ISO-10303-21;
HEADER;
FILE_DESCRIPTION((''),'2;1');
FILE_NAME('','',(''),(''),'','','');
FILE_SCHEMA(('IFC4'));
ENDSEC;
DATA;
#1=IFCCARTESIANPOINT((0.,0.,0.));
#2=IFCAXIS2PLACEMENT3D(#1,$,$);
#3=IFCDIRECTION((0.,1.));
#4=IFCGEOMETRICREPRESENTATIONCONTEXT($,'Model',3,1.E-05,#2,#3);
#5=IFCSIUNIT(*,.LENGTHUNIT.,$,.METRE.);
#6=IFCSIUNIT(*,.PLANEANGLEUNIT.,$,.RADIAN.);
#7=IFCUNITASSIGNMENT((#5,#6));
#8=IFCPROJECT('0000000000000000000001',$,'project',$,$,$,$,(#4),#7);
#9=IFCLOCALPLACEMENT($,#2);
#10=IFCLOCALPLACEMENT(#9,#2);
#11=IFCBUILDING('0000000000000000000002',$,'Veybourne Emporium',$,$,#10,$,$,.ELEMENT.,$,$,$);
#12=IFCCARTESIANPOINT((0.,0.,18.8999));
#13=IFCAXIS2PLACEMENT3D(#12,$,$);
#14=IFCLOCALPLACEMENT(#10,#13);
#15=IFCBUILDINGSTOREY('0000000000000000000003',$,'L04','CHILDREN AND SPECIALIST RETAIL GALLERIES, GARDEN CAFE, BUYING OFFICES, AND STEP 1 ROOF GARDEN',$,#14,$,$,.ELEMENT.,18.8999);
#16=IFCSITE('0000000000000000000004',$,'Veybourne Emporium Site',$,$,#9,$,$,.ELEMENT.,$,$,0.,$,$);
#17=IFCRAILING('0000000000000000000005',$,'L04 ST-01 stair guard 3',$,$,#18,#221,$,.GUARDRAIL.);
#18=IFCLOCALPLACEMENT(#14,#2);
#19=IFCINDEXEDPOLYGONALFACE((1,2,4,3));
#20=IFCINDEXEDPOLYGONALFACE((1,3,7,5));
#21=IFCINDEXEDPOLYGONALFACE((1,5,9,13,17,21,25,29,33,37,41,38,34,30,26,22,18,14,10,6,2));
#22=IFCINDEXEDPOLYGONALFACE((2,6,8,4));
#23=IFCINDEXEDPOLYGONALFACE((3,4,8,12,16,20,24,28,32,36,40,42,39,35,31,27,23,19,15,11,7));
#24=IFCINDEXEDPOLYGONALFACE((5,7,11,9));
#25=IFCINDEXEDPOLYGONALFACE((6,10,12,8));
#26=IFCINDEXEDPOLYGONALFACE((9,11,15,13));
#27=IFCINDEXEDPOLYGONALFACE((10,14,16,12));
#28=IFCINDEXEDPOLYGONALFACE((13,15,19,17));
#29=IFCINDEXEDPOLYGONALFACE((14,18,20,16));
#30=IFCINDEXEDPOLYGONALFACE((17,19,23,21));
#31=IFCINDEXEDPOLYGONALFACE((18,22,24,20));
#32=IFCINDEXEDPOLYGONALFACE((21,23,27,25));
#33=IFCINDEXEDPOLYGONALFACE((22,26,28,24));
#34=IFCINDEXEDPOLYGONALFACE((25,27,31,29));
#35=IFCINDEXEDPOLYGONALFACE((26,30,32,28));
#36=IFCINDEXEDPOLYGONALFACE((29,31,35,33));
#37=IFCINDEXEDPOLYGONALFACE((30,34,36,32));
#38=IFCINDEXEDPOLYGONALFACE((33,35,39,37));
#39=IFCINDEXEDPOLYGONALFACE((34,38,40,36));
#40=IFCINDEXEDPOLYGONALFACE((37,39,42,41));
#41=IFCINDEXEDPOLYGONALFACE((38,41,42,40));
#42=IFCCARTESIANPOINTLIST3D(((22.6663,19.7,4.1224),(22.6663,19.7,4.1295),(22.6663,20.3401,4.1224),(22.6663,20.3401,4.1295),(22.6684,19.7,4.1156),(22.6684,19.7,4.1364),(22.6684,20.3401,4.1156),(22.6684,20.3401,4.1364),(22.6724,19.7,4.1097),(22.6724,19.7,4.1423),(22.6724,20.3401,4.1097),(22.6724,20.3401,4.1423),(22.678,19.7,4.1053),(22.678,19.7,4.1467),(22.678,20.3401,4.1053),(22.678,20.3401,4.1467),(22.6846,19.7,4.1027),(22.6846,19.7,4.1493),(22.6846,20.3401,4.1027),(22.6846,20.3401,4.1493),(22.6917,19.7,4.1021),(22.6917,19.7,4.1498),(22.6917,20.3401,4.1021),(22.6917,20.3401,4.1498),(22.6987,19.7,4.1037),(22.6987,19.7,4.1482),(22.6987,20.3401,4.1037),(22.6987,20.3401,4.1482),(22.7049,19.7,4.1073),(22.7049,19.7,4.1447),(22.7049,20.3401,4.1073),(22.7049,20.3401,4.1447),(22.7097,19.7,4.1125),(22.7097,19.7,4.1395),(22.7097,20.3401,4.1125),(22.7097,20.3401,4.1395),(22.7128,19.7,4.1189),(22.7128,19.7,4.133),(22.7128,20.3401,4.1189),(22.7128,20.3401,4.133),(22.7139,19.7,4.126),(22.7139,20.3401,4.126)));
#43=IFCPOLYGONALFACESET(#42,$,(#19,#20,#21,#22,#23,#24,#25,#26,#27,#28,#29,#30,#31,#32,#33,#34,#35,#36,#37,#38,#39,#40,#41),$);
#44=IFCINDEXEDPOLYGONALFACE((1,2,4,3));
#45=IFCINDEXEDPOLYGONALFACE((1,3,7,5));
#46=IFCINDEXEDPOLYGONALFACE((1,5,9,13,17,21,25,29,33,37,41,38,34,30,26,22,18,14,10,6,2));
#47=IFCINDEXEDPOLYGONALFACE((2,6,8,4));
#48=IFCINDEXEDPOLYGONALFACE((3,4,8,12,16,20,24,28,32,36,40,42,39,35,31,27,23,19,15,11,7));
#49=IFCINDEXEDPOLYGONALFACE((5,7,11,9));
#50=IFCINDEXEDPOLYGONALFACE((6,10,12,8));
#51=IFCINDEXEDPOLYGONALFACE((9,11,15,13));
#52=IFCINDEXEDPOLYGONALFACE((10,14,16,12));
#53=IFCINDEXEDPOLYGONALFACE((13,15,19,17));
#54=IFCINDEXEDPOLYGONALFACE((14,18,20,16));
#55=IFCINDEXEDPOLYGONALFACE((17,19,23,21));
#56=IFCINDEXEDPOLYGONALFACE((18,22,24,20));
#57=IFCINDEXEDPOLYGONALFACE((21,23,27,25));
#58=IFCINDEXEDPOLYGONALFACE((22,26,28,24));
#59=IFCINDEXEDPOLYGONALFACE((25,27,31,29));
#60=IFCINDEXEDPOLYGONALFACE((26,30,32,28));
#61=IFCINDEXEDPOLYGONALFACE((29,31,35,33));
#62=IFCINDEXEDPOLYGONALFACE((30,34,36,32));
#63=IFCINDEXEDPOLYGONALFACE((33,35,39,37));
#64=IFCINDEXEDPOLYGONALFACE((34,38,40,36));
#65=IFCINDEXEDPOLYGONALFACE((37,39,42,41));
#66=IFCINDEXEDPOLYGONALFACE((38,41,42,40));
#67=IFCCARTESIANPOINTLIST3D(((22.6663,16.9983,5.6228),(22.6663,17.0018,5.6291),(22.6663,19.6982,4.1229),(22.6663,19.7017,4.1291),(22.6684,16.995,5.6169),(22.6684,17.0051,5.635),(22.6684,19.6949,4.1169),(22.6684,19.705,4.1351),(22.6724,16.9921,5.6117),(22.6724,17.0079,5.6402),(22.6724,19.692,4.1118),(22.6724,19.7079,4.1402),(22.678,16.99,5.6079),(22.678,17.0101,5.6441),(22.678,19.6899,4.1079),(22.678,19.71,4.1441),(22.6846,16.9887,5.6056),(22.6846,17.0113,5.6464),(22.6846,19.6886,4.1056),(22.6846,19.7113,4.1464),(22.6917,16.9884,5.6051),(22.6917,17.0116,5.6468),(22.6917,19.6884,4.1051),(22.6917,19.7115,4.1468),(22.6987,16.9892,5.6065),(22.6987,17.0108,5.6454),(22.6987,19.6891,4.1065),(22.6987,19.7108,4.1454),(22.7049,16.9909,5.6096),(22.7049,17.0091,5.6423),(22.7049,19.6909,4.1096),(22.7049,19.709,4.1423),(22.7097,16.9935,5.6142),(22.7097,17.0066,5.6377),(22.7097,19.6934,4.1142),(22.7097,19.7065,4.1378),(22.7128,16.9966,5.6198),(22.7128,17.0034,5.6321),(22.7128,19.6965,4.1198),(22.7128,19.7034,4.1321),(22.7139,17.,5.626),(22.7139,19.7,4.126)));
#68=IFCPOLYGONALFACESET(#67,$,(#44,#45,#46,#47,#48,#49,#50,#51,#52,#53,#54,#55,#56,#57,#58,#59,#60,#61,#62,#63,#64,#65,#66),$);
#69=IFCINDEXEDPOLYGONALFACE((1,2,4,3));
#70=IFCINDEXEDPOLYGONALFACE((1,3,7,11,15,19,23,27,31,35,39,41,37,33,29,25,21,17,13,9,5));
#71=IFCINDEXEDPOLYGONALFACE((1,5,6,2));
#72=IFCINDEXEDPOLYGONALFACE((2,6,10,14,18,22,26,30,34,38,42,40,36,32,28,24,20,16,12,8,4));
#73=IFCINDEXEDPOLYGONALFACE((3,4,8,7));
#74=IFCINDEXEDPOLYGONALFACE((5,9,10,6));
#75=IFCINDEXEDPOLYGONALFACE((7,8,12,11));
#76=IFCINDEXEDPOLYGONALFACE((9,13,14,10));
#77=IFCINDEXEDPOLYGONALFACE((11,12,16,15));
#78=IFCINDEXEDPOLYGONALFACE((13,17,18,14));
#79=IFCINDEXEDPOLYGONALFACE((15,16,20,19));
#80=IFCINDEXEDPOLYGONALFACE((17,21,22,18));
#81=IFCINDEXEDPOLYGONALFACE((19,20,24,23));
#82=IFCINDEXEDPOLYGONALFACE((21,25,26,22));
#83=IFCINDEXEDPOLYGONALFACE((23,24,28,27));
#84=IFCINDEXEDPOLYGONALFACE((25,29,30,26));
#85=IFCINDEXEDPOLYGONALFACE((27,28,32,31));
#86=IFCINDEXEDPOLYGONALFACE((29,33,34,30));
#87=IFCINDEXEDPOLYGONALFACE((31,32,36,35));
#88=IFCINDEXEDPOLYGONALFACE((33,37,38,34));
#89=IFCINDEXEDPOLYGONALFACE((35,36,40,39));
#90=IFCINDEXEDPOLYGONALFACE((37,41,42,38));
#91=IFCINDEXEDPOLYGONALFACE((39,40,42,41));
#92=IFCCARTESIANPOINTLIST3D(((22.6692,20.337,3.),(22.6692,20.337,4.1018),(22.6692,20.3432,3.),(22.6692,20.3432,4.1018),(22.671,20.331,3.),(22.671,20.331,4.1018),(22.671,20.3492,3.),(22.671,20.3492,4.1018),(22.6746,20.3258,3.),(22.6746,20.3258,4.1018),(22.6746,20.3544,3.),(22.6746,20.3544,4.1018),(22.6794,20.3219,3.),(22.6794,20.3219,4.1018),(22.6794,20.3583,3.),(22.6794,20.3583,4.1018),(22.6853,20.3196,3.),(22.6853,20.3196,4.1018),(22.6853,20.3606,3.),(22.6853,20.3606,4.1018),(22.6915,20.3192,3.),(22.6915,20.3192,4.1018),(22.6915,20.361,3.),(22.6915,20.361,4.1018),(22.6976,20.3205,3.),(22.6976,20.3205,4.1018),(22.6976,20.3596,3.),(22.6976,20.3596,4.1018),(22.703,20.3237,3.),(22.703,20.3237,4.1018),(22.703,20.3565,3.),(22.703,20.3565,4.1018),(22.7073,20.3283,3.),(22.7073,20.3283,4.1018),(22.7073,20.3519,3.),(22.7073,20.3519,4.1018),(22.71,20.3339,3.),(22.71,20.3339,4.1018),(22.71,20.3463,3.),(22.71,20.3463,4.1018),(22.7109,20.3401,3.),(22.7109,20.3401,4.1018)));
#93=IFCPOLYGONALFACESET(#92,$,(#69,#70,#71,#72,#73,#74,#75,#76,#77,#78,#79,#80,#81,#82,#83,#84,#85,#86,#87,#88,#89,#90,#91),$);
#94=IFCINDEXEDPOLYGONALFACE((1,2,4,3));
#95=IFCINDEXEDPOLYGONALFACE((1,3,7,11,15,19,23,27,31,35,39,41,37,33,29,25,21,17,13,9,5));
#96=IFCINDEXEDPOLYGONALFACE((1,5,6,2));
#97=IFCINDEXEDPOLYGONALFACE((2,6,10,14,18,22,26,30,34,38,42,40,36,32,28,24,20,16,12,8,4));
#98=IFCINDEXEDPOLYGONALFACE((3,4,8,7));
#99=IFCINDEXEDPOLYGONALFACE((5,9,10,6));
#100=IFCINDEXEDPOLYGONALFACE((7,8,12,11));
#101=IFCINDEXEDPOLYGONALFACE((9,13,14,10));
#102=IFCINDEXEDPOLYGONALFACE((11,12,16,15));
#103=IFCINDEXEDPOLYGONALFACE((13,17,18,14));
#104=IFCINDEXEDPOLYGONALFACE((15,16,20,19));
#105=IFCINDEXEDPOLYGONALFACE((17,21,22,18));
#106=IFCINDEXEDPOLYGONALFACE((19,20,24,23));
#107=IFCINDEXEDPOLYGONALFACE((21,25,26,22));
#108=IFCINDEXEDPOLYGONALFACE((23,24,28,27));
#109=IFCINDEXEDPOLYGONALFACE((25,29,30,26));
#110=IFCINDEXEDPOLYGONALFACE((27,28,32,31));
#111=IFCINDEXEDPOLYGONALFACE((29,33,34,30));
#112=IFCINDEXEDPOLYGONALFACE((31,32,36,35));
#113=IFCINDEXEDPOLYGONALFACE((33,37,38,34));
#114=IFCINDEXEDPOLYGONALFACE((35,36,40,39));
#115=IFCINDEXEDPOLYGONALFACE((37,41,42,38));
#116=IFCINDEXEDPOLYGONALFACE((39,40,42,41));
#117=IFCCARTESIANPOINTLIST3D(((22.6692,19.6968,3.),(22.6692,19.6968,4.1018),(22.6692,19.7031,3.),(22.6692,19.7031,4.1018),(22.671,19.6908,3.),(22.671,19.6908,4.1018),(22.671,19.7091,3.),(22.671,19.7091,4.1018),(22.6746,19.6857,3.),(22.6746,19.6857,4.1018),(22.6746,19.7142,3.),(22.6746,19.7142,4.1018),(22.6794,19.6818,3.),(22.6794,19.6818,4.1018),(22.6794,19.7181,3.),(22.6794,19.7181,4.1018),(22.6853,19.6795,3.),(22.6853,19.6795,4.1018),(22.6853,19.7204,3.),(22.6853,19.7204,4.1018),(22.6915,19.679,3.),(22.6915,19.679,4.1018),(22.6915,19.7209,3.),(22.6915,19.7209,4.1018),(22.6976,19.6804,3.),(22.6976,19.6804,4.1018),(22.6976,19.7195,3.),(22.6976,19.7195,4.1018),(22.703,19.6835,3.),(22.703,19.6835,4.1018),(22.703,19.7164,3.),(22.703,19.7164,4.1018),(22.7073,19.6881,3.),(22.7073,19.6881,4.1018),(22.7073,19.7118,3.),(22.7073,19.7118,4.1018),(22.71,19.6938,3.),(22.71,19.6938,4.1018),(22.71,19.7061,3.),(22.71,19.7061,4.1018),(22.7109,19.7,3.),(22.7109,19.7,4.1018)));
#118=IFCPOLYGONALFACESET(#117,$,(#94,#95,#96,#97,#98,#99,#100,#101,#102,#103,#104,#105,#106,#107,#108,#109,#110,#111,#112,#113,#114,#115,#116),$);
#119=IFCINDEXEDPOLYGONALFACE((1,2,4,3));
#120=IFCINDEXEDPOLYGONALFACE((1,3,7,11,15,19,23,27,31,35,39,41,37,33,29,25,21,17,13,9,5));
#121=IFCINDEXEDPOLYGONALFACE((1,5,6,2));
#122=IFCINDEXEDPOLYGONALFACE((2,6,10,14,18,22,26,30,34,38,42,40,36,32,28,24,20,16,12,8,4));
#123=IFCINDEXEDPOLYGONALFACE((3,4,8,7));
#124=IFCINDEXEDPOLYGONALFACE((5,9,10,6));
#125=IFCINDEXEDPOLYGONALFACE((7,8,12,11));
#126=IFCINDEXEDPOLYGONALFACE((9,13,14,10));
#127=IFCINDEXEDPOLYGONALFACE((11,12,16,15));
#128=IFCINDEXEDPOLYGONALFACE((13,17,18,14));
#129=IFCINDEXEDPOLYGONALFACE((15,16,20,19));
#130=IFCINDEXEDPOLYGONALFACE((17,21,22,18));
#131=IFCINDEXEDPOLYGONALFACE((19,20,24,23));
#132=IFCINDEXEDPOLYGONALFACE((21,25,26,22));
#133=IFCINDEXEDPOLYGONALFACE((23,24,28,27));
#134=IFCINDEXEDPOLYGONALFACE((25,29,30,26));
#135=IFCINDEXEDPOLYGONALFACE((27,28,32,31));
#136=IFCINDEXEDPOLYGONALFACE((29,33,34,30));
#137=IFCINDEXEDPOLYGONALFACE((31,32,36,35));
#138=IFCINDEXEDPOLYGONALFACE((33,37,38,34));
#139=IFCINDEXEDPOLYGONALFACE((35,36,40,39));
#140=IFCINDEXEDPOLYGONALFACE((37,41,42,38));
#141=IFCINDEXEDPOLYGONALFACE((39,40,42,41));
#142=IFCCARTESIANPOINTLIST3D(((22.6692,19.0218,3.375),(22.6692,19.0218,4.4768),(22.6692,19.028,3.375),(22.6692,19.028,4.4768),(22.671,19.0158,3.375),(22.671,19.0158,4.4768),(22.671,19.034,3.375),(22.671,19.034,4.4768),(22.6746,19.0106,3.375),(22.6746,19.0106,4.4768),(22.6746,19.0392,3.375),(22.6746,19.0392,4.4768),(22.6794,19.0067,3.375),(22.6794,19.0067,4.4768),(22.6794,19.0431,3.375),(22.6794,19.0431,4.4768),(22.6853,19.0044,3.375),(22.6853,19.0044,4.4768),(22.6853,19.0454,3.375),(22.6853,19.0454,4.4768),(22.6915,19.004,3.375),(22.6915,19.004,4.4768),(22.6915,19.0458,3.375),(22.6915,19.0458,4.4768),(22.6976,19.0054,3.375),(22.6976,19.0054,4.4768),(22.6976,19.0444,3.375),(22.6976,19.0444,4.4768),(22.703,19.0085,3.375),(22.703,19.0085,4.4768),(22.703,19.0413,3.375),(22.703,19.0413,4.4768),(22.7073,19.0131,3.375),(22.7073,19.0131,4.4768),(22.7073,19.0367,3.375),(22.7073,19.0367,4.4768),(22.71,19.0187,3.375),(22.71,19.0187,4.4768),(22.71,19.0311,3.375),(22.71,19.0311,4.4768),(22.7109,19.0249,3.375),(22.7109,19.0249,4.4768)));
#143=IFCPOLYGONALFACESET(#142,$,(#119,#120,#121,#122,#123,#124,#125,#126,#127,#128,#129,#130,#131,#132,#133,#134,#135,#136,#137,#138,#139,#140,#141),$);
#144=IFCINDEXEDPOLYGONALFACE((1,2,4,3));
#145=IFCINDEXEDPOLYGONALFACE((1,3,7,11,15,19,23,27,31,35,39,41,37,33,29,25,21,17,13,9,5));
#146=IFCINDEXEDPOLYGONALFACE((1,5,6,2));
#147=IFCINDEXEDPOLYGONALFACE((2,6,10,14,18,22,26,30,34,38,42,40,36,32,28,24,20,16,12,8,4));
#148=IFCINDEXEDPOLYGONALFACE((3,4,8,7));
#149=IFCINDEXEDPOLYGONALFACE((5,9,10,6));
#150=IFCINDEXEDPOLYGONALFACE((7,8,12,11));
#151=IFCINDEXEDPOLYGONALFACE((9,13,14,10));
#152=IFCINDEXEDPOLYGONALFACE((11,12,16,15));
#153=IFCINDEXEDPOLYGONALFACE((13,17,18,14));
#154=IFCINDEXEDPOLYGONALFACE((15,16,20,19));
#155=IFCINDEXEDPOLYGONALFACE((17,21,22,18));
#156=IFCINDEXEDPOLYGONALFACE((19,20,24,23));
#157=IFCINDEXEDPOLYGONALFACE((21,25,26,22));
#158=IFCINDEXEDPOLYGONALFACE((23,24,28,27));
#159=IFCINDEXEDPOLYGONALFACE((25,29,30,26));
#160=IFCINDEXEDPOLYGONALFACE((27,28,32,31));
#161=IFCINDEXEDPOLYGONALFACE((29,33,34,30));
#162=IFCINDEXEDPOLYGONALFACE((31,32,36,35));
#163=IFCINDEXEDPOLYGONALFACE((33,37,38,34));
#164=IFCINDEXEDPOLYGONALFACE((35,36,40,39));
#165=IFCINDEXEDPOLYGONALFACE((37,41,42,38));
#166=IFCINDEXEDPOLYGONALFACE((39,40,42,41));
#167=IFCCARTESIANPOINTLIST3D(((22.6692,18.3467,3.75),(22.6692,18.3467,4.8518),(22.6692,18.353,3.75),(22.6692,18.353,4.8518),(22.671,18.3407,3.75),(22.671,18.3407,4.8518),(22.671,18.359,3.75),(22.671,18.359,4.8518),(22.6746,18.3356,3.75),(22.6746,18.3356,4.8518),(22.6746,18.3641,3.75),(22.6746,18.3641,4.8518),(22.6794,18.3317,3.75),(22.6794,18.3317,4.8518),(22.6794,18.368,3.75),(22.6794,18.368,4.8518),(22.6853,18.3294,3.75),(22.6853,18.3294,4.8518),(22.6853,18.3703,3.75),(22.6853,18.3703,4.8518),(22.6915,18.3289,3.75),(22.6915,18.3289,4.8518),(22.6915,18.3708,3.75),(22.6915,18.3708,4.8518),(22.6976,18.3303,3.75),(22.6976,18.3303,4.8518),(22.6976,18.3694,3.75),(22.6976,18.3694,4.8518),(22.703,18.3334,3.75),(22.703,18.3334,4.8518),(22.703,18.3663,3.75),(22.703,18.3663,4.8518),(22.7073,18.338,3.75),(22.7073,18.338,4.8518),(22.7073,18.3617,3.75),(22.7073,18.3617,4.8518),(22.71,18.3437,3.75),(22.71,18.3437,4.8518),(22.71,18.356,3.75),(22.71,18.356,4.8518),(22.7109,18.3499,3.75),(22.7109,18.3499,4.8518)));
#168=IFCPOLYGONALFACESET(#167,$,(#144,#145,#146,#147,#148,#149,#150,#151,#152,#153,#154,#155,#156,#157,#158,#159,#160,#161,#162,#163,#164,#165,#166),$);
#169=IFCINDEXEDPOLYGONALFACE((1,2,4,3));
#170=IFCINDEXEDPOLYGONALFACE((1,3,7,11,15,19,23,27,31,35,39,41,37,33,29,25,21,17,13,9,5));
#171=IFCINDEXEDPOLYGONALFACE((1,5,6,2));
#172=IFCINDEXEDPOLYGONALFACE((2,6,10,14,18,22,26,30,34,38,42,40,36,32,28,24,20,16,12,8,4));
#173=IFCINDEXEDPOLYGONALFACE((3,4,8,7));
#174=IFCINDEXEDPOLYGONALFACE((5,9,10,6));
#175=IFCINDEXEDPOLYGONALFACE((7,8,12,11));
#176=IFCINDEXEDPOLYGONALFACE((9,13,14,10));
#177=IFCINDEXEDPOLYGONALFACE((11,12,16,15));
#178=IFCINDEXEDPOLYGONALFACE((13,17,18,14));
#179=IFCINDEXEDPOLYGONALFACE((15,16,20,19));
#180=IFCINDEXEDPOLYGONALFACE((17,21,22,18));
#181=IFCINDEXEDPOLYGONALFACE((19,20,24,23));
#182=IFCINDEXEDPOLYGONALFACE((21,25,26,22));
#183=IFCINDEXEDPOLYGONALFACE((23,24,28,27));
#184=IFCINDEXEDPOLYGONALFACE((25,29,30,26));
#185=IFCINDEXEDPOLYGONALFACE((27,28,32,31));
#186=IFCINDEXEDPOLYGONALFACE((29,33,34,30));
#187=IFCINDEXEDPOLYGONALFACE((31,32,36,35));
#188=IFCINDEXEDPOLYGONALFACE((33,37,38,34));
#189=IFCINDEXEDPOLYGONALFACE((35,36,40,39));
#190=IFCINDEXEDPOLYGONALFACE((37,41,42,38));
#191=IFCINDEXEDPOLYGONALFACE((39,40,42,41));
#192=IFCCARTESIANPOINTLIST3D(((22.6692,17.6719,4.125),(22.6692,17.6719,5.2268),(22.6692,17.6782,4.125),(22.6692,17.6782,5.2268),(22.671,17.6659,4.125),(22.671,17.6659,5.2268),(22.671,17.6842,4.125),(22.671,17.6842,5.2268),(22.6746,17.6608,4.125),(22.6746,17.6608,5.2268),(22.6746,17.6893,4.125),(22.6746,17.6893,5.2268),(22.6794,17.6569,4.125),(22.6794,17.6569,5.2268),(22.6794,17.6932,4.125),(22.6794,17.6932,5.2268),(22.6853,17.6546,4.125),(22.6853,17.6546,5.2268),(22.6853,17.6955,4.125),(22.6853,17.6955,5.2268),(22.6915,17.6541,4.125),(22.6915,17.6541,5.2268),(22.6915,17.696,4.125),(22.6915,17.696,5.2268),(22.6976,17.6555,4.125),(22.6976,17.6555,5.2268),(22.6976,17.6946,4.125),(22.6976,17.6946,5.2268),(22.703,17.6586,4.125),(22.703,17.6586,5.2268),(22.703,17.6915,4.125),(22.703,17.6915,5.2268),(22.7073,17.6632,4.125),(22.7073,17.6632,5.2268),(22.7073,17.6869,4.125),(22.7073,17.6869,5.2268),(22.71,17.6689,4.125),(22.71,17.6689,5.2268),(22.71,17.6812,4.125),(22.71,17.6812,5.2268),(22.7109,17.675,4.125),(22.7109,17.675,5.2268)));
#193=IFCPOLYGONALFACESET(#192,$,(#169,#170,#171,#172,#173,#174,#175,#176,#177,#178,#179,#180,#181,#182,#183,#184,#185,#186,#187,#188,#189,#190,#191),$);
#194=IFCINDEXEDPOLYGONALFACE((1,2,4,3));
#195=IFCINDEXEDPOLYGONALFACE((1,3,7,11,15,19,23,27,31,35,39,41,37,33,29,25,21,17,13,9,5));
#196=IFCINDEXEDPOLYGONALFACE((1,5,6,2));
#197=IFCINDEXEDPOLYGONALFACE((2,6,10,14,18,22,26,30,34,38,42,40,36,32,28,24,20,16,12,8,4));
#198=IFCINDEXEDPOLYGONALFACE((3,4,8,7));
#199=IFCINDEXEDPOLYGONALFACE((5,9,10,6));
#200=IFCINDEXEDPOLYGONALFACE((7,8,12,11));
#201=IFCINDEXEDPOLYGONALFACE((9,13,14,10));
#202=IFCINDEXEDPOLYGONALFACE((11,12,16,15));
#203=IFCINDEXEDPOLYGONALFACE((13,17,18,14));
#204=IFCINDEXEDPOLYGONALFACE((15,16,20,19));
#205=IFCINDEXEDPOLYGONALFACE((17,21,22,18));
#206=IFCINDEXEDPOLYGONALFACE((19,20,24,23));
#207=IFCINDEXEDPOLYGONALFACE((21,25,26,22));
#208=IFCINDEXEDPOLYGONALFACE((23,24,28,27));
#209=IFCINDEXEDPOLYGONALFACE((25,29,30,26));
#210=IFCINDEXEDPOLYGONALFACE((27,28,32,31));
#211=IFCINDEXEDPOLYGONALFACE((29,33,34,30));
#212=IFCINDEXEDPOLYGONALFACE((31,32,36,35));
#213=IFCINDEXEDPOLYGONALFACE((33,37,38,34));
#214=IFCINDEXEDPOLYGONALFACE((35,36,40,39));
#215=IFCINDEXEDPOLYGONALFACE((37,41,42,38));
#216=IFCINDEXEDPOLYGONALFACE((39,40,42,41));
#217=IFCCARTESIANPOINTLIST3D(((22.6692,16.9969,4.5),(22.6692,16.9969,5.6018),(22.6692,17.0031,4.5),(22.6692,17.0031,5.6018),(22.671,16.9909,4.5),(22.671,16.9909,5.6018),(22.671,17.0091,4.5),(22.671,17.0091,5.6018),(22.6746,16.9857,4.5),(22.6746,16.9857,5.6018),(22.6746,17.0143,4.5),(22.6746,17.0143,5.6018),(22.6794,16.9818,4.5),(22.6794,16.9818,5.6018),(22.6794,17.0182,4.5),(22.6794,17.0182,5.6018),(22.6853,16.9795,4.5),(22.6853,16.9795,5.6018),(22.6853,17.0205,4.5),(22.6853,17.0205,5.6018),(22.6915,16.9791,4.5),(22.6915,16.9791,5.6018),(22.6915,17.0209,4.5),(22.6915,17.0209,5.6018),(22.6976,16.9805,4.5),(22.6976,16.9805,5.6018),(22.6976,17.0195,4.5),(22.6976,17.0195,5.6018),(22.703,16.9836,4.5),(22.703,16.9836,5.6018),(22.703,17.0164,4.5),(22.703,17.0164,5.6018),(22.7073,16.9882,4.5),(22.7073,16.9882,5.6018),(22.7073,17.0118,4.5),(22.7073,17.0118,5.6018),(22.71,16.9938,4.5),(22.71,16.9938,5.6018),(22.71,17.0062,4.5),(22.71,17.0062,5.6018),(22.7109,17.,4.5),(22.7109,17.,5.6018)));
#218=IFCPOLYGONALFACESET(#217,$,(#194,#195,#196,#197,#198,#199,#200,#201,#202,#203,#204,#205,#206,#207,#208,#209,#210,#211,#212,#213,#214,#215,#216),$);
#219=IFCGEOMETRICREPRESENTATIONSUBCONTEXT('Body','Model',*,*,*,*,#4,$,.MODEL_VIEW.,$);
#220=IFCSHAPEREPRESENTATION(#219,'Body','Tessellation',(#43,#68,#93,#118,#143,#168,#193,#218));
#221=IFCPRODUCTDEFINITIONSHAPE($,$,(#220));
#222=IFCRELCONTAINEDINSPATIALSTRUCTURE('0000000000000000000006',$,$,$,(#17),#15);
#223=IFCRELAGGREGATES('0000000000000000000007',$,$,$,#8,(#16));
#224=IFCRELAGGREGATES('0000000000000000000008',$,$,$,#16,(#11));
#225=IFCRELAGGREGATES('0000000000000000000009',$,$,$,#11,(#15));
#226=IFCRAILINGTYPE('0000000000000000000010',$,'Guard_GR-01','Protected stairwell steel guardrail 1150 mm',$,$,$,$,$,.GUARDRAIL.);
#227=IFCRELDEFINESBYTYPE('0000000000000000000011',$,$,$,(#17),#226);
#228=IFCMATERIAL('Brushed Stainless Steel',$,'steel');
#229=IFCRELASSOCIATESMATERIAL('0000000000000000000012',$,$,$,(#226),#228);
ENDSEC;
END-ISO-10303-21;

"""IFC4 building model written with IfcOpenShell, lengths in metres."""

from ifc_helpers import new_model, si_unit, direction, frame, origin, origin_2d, place, context, subcontext, project, spatial, circle, extrude, material, type_object, element, save


model = new_model("IFC4")

# Units and contexts
model_context = context("Model", 3, precision=1e-05, world=origin(), true_north=direction((0.0, 1.0)))
body_context = subcontext(model_context, "Body", "Model", "MODEL_VIEW")
ifc_project = project(units=[si_unit("LENGTHUNIT", "METRE"), si_unit("PLANEANGLEUNIT", "RADIAN")], contexts=[model_context])

# Site, building, storey
site_placement = place(None, origin())
site = spatial("IfcSite", under=ifc_project, at=site_placement, Name="Veybourne Emporium Site", CompositionType="ELEMENT", RefElevation=0.0)
building_placement = place(site_placement, origin())
building = spatial("IfcBuilding", under=site, at=building_placement, Name="Veybourne Emporium", CompositionType="ELEMENT")
storey_placement = place(building_placement, frame((0.0, 0.0, 18.8999)))
storey = spatial("IfcBuildingStorey", under=building, at=storey_placement, Name="L04", Description="CHILDREN AND SPECIALIST RETAIL GALLERIES, GARDEN CAFE, BUYING OFFICES, AND STEP 1 ROOF GARDEN", CompositionType="ELEMENT", Elevation=18.8999)

# Railing
ifc_material_1 = material(Name="Brushed Stainless Steel", Category="steel")
railing_type_1 = type_object("IfcRailingType", Name="Guard_GR-01", Description="Protected stairwell steel guardrail 1150 mm", PredefinedType="GUARDRAIL", material=ifc_material_1)
railing_1_placement = place(storey_placement, frame((22.6899, 20.3401, 3.0)))
element("IfcRailing", 1, at=railing_1_placement, inside=storey, type_object=railing_type_1, Name="L04 ST-01 stair guard 3", PredefinedType="GUARDRAIL", context=body_context, shape_type="SweptSolid", body=[
    extrude(circle(Radius=0.0239, at=origin_2d()), frame((0.0, 0.0, 1.126), z_axis=(0.0, -1.0, 0.0), x_axis=(1.0, 0.0, 0.0)), (0.0, 0.0, 1.0), 0.6401),
    extrude(circle(Radius=0.0239, at=origin_2d()), frame((0.0, -0.6401, 1.126), z_axis=(0.0, -0.874154, 0.48565), x_axis=(1.0, 0.0, 0.0)), (0.0, 0.0, 1.0), 3.0886),
    extrude(circle(Radius=0.021, at=origin_2d()), origin(), (0.0, 0.0, 1.0), 1.1018),
    extrude(circle(Radius=0.021, at=origin_2d()), frame((0.0, -0.6401, 0.0)), (0.0, 0.0, 1.0), 1.1018),
    extrude(circle(Radius=0.021, at=origin_2d()), frame((0.0, -1.3152, 0.375)), (0.0, 0.0, 1.0), 1.1018),
    extrude(circle(Radius=0.021, at=origin_2d()), frame((0.0, -1.9902, 0.75)), (0.0, 0.0, 1.0), 1.1018),
    extrude(circle(Radius=0.021, at=origin_2d()), frame((0.0, -2.665, 1.125)), (0.0, 0.0, 1.0), 1.1018),
    extrude(circle(Radius=0.021, at=origin_2d()), frame((0.0, -3.3401, 1.5)), (0.0, 0.0, 1.0), 1.1018),
])

save(model, "model.ifc")
